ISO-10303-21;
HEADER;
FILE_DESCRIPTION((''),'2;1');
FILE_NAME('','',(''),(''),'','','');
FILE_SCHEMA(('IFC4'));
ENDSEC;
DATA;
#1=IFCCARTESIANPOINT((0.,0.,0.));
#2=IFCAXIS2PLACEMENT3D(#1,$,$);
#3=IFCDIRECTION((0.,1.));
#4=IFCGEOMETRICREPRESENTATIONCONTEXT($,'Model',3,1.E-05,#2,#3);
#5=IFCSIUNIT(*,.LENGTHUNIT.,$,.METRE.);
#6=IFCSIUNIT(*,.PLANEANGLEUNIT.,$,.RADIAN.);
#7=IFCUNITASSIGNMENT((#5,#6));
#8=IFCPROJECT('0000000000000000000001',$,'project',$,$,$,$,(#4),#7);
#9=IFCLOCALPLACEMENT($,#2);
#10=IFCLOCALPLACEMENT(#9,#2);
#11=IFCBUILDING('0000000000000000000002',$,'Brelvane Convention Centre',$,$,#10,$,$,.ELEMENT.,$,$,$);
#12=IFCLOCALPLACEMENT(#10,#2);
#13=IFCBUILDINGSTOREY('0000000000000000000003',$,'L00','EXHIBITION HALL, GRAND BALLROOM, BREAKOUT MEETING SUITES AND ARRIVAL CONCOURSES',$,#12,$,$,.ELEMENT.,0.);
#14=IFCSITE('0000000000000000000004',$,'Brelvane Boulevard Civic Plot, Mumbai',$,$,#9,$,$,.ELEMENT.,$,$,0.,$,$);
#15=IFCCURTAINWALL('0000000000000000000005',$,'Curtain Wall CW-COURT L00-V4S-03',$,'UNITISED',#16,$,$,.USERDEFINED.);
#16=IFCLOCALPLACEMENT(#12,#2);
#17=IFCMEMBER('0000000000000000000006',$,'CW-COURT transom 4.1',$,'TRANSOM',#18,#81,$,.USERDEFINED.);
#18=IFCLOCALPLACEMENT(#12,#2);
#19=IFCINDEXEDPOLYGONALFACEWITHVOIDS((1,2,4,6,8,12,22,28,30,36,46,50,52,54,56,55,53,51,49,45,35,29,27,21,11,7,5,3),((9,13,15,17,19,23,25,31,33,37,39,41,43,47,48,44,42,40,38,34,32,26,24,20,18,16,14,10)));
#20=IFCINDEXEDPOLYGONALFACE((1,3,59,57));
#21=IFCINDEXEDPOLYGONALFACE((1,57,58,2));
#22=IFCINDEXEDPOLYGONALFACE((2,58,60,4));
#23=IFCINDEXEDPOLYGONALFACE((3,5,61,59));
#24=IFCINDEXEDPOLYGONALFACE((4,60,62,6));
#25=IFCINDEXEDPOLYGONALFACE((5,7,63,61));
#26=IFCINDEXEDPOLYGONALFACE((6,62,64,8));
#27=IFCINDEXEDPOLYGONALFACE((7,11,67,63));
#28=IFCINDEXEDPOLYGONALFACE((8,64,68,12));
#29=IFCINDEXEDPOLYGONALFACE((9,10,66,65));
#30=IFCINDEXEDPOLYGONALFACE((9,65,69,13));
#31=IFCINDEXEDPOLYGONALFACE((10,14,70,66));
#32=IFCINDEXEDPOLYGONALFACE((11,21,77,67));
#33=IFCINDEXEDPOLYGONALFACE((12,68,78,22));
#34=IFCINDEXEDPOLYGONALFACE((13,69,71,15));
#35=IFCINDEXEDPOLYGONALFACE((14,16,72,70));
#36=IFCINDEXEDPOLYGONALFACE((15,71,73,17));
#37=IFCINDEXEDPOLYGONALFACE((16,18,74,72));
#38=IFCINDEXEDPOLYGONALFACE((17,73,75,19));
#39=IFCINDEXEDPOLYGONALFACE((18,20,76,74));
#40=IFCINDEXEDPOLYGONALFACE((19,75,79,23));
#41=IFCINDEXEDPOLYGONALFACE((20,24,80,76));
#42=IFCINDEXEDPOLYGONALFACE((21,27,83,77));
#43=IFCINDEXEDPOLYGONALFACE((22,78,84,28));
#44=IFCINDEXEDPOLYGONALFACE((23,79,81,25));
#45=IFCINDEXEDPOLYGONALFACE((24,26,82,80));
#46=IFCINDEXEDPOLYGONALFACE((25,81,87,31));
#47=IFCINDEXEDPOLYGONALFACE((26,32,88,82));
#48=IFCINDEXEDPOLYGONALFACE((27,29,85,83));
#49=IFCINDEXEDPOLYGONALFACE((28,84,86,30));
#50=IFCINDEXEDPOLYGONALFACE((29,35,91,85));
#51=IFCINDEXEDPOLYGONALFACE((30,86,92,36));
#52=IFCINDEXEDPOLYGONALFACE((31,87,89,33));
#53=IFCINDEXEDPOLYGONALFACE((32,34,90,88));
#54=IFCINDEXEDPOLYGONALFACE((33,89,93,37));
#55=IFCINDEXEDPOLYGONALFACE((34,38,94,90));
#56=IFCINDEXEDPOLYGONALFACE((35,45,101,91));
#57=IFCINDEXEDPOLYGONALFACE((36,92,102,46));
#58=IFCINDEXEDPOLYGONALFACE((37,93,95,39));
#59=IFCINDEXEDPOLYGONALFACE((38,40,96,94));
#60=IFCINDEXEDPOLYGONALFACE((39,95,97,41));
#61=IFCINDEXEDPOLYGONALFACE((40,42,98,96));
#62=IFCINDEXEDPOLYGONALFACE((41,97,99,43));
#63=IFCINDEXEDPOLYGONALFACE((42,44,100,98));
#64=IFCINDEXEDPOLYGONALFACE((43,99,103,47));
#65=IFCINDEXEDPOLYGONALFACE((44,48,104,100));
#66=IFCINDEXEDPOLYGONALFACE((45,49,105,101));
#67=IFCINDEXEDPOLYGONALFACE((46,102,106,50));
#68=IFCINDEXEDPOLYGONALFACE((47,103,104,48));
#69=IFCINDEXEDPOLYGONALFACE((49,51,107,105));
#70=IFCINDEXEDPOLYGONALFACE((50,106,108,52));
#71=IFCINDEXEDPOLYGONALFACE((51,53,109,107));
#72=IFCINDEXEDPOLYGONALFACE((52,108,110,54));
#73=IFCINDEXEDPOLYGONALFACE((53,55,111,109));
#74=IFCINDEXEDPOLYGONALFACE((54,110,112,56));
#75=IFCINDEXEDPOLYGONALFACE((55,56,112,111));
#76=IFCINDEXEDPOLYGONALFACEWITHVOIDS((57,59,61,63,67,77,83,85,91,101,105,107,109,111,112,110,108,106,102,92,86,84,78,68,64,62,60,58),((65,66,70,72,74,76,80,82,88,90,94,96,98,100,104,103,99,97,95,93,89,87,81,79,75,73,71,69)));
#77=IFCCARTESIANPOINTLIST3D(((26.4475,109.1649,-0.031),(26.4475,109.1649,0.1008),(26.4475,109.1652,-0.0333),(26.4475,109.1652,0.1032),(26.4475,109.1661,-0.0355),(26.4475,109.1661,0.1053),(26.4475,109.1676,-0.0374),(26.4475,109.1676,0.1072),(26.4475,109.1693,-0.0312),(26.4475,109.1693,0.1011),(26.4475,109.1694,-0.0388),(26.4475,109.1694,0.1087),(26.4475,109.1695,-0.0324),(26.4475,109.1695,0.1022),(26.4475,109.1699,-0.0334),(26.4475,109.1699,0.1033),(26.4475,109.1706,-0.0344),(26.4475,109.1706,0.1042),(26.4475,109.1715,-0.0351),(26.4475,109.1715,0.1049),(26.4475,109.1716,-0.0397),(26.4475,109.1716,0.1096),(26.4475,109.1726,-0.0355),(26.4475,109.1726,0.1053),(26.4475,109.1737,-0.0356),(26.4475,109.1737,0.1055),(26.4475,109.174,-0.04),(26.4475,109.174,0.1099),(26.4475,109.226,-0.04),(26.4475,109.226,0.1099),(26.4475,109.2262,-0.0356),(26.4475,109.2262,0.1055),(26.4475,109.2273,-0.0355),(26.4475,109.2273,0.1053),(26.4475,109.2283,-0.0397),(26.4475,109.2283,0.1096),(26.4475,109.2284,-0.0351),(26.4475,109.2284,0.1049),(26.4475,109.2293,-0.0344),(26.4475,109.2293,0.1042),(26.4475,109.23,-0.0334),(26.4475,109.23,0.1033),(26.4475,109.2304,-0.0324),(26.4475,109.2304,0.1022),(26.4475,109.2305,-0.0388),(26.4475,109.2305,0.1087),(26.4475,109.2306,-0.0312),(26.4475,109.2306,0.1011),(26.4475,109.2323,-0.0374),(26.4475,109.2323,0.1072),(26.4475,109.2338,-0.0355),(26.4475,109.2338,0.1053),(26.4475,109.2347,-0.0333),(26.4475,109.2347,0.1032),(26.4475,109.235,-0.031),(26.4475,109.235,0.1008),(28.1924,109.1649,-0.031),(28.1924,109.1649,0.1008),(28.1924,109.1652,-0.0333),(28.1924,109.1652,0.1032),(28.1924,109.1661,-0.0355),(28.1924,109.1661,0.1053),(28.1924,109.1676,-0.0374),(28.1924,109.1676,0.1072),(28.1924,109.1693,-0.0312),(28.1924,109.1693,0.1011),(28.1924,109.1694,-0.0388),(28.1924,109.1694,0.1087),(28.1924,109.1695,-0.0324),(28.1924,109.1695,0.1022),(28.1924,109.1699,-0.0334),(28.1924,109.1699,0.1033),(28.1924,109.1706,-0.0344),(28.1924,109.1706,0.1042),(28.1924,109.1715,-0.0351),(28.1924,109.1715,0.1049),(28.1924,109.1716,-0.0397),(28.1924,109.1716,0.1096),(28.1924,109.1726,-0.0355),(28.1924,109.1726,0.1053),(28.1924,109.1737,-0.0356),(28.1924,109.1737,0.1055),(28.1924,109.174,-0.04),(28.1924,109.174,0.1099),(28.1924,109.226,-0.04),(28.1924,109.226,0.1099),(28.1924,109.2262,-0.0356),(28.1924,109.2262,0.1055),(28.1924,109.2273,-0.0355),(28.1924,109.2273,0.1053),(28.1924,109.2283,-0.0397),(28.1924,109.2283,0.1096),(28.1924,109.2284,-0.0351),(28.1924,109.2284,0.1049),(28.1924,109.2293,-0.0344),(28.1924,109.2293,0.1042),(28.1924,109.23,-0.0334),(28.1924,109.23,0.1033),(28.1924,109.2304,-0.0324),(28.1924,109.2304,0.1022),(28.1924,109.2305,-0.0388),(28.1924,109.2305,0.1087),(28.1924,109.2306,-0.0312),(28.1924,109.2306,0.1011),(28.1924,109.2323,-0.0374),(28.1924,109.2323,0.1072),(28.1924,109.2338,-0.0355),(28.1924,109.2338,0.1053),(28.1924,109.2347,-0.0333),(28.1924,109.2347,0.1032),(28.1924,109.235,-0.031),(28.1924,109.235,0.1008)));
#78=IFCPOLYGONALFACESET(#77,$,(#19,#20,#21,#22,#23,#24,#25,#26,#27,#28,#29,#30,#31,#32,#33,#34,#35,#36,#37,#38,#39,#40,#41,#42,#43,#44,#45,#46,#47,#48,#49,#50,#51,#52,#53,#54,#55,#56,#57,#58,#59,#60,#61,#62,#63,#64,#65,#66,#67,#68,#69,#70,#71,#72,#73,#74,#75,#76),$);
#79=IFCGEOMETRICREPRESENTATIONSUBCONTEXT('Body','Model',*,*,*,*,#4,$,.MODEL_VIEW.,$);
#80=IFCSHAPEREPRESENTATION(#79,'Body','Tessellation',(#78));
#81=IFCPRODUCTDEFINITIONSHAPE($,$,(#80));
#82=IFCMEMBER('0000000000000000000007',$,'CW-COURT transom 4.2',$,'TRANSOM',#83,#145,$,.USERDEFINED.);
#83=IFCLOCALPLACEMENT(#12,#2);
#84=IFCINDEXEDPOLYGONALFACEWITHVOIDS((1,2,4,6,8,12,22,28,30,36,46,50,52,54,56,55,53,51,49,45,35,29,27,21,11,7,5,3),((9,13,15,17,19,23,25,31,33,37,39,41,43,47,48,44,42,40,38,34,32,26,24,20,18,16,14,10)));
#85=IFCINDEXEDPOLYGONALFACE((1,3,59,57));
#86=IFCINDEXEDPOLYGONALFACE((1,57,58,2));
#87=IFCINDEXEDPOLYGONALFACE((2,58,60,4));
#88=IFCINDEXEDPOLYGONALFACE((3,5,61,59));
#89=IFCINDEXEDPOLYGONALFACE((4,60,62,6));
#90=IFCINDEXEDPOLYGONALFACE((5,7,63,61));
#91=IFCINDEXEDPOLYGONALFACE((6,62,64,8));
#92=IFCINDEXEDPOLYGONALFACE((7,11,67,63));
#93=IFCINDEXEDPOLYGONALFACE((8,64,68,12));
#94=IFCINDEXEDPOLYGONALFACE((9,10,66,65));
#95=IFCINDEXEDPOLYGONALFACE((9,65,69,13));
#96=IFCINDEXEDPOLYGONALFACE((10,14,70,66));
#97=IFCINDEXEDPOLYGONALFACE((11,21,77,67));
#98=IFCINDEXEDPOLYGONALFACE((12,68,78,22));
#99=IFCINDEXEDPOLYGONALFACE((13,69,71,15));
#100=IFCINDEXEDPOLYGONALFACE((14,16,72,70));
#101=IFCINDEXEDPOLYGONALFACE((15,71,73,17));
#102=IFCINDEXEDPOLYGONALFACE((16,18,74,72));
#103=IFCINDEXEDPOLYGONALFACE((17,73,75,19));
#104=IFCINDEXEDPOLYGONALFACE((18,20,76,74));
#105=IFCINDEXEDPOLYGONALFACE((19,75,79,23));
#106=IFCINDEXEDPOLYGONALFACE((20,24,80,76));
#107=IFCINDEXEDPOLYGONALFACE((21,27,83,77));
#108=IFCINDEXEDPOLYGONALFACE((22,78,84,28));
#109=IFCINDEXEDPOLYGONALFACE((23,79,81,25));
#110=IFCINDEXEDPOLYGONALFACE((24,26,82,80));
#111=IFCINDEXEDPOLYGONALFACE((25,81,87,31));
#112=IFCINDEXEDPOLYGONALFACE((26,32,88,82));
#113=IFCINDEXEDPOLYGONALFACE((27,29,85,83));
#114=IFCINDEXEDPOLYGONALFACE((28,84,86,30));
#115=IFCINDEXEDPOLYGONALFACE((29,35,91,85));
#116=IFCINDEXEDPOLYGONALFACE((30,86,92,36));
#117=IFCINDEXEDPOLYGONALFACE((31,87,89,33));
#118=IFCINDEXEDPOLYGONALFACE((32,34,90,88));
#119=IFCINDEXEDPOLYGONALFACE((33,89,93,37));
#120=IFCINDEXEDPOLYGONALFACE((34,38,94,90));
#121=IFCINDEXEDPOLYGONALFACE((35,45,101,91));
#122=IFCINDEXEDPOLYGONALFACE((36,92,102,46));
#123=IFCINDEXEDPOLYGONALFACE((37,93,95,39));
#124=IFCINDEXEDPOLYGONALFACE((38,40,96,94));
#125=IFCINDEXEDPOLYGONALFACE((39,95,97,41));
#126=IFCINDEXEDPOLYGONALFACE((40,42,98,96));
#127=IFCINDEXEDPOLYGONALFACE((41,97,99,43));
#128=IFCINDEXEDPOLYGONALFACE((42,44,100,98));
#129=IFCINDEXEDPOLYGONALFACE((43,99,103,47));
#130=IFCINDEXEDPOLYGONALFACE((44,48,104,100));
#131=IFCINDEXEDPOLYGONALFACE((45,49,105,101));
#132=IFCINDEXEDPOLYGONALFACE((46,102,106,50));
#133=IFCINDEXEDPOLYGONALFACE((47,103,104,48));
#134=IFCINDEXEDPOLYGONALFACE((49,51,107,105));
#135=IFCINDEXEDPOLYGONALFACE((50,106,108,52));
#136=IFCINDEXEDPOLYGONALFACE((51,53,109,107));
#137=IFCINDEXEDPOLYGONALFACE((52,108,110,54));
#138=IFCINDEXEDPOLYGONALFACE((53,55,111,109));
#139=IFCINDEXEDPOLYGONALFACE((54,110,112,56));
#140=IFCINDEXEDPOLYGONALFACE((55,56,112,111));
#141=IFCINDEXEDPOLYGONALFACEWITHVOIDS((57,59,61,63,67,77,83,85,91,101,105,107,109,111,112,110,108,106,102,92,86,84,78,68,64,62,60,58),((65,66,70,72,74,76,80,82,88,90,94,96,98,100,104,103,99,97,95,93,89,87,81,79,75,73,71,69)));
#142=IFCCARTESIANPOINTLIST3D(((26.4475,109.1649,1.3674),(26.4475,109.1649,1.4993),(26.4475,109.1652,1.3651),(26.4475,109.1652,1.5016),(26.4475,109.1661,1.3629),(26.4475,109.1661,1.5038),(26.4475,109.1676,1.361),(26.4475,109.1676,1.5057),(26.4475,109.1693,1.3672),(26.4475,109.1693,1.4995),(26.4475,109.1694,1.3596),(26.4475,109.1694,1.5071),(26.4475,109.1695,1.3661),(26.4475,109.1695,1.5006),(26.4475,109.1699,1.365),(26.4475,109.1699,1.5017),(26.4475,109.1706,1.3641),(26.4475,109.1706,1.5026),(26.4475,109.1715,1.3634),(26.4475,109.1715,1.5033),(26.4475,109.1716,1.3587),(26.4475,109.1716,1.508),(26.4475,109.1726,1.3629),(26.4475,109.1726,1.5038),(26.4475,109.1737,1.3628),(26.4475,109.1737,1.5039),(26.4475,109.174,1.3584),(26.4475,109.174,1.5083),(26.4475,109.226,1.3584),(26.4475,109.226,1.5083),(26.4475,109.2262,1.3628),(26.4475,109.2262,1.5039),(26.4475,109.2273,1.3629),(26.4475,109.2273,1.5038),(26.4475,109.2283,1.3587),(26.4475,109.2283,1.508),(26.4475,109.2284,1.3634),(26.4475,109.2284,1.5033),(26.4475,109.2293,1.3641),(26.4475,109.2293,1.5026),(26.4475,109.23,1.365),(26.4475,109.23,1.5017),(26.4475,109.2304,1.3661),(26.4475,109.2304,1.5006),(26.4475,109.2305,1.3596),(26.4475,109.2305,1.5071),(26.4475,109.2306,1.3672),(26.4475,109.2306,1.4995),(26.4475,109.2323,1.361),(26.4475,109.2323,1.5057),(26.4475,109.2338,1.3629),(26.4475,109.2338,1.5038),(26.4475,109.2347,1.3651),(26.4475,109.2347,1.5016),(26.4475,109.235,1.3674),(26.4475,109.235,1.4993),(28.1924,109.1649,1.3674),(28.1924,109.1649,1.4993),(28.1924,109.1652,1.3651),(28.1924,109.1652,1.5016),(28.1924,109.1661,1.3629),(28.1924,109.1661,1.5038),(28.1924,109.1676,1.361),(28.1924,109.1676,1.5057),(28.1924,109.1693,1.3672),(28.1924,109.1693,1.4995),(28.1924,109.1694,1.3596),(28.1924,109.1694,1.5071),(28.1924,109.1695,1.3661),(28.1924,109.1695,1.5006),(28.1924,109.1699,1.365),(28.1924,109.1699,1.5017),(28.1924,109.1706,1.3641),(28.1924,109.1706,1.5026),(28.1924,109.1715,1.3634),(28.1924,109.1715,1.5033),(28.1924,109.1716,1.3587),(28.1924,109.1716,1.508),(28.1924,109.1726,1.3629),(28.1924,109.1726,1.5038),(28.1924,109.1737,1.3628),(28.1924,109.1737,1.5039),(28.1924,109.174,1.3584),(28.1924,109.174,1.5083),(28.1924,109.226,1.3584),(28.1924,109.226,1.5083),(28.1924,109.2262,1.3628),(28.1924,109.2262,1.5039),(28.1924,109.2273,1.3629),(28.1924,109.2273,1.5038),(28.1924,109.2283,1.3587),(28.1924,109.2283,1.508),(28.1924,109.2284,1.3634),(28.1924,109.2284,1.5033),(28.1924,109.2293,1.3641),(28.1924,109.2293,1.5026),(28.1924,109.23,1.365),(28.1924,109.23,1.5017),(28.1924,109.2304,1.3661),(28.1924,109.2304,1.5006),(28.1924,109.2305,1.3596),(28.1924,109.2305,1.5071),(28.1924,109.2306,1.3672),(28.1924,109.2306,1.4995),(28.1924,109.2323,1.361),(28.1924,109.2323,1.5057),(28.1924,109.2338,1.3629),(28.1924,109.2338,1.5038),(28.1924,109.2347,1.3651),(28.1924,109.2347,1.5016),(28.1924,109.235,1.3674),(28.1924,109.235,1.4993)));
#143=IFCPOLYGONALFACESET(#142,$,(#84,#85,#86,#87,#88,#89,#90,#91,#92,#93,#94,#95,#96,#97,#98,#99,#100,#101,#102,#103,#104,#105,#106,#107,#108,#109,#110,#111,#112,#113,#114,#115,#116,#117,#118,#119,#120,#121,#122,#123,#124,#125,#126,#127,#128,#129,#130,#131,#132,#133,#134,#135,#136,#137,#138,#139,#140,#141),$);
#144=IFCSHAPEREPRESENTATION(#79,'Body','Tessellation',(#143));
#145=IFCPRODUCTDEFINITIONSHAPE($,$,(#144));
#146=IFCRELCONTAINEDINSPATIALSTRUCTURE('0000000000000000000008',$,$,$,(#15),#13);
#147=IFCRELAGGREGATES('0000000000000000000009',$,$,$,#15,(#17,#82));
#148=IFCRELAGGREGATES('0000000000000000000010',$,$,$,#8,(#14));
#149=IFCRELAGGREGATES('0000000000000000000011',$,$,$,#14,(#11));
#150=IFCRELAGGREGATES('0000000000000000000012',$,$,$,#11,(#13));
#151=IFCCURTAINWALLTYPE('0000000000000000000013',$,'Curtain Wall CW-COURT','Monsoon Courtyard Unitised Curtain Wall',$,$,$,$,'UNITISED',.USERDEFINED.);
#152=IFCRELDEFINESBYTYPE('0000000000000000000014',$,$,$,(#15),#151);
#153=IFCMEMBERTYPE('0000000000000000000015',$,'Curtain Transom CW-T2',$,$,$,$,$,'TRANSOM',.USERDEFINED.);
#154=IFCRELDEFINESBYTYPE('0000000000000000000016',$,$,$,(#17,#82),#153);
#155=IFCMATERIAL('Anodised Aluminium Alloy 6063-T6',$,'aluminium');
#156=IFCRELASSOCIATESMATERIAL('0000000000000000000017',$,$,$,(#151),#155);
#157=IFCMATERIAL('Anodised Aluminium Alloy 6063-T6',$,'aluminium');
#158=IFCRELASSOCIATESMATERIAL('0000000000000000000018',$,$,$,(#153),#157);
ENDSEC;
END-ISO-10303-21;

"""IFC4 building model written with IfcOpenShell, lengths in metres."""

from ifc_helpers import new_model, si_unit, direction, frame, origin, origin_2d, place, context, subcontext, project, spatial, hollow_rectangle, extrude, material, material_profile, profile_set, type_object, element, aggregate, save


model = new_model("IFC4")

# Units and contexts
model_context = context("Model", 3, precision=1e-05, world=origin(), true_north=direction((0.0, 1.0)))
body_context = subcontext(model_context, "Body", "Model", "MODEL_VIEW")
ifc_project = project(units=[si_unit("LENGTHUNIT", "METRE"), si_unit("PLANEANGLEUNIT", "RADIAN")], contexts=[model_context])

# Site, building, storey
site_placement = place(None, origin())
site = spatial("IfcSite", under=ifc_project, at=site_placement, Name="Brelvane Boulevard Civic Plot, Mumbai", CompositionType="ELEMENT", RefElevation=0.0)
building_placement = place(site_placement, origin())
building = spatial("IfcBuilding", under=site, at=building_placement, Name="Brelvane Convention Centre", CompositionType="ELEMENT")
storey_placement = place(building_placement, origin())
storey = spatial("IfcBuildingStorey", under=building, at=storey_placement, Name="L00", Description="EXHIBITION HALL, GRAND BALLROOM, BREAKOUT MEETING SUITES AND ARRIVAL CONCOURSES", CompositionType="ELEMENT", Elevation=0.0)

# Curtain wall, members
ifc_material_1 = material(Name="Anodised Aluminium Alloy 6063-T6", Category="aluminium")
curtain_wall_type = type_object("IfcCurtainWallType", Name="Curtain Wall CW-COURT", Description="Monsoon Courtyard Unitised Curtain Wall", ElementType="UNITISED", PredefinedType="USERDEFINED", material=ifc_material_1)
curtain_wall_placement = place(storey_placement, origin())
curtain_wall = element("IfcCurtainWall", 1, at=curtain_wall_placement, inside=storey, type_object=curtain_wall_type, Name="Curtain Wall CW-COURT L00-V4S-03", ObjectType="UNITISED", PredefinedType="USERDEFINED")
ifc_material_2 = material(Name="Anodised Aluminium Alloy 6063-T6", Category="aluminium")
ifc_material_profile_1 = material_profile(ifc_material_2, hollow_rectangle(XDim=0.0701, YDim=0.1499, WallThickness=0.0044, InnerFilletRadius=0.0044, OuterFilletRadius=0.009, at=origin_2d()), Name="ALU-T 150x70x4.5")
ifc_profile_set_1 = profile_set([ifc_material_profile_1], Name="Anodised Aluminium Alloy 6063-T6")
member_type_1 = type_object("IfcMemberType", Name="Curtain Transom CW-T2", ElementType="TRANSOM", PredefinedType="USERDEFINED", material=ifc_profile_set_1)
member_1_placement = place(storey_placement, frame((26.4475, 109.2, 0.0349), z_axis=(1.0, 0.0, 0.0), x_axis=(0.0, 1.0, 0.0)))
member_1 = element("IfcMember", 2, at=member_1_placement, type_object=member_type_1, Name="CW-COURT transom 4.1", ObjectType="TRANSOM", PredefinedType="USERDEFINED", context=body_context, shape_type="SweptSolid", body=[
    extrude(hollow_rectangle(XDim=0.0701, YDim=0.1499, WallThickness=0.0044, InnerFilletRadius=0.0044, OuterFilletRadius=0.009, at=origin_2d()), origin(), (0.0, 0.0, 1.0), 1.7449),
])
member_2_placement = place(storey_placement, frame((26.4475, 109.2, 1.4333), z_axis=(1.0, 0.0, 0.0), x_axis=(0.0, 1.0, 0.0)))
member_2 = element("IfcMember", 3, at=member_2_placement, type_object=member_type_1, Name="CW-COURT transom 4.2", ObjectType="TRANSOM", PredefinedType="USERDEFINED", context=body_context, shape_type="SweptSolid", body=[
    extrude(hollow_rectangle(XDim=0.0701, YDim=0.1499, WallThickness=0.0044, InnerFilletRadius=0.0044, OuterFilletRadius=0.009, at=origin_2d()), origin(), (0.0, 0.0, 1.0), 1.7449),
])

aggregate(curtain_wall, [member_1, member_2])

save(model, "model.ifc")
